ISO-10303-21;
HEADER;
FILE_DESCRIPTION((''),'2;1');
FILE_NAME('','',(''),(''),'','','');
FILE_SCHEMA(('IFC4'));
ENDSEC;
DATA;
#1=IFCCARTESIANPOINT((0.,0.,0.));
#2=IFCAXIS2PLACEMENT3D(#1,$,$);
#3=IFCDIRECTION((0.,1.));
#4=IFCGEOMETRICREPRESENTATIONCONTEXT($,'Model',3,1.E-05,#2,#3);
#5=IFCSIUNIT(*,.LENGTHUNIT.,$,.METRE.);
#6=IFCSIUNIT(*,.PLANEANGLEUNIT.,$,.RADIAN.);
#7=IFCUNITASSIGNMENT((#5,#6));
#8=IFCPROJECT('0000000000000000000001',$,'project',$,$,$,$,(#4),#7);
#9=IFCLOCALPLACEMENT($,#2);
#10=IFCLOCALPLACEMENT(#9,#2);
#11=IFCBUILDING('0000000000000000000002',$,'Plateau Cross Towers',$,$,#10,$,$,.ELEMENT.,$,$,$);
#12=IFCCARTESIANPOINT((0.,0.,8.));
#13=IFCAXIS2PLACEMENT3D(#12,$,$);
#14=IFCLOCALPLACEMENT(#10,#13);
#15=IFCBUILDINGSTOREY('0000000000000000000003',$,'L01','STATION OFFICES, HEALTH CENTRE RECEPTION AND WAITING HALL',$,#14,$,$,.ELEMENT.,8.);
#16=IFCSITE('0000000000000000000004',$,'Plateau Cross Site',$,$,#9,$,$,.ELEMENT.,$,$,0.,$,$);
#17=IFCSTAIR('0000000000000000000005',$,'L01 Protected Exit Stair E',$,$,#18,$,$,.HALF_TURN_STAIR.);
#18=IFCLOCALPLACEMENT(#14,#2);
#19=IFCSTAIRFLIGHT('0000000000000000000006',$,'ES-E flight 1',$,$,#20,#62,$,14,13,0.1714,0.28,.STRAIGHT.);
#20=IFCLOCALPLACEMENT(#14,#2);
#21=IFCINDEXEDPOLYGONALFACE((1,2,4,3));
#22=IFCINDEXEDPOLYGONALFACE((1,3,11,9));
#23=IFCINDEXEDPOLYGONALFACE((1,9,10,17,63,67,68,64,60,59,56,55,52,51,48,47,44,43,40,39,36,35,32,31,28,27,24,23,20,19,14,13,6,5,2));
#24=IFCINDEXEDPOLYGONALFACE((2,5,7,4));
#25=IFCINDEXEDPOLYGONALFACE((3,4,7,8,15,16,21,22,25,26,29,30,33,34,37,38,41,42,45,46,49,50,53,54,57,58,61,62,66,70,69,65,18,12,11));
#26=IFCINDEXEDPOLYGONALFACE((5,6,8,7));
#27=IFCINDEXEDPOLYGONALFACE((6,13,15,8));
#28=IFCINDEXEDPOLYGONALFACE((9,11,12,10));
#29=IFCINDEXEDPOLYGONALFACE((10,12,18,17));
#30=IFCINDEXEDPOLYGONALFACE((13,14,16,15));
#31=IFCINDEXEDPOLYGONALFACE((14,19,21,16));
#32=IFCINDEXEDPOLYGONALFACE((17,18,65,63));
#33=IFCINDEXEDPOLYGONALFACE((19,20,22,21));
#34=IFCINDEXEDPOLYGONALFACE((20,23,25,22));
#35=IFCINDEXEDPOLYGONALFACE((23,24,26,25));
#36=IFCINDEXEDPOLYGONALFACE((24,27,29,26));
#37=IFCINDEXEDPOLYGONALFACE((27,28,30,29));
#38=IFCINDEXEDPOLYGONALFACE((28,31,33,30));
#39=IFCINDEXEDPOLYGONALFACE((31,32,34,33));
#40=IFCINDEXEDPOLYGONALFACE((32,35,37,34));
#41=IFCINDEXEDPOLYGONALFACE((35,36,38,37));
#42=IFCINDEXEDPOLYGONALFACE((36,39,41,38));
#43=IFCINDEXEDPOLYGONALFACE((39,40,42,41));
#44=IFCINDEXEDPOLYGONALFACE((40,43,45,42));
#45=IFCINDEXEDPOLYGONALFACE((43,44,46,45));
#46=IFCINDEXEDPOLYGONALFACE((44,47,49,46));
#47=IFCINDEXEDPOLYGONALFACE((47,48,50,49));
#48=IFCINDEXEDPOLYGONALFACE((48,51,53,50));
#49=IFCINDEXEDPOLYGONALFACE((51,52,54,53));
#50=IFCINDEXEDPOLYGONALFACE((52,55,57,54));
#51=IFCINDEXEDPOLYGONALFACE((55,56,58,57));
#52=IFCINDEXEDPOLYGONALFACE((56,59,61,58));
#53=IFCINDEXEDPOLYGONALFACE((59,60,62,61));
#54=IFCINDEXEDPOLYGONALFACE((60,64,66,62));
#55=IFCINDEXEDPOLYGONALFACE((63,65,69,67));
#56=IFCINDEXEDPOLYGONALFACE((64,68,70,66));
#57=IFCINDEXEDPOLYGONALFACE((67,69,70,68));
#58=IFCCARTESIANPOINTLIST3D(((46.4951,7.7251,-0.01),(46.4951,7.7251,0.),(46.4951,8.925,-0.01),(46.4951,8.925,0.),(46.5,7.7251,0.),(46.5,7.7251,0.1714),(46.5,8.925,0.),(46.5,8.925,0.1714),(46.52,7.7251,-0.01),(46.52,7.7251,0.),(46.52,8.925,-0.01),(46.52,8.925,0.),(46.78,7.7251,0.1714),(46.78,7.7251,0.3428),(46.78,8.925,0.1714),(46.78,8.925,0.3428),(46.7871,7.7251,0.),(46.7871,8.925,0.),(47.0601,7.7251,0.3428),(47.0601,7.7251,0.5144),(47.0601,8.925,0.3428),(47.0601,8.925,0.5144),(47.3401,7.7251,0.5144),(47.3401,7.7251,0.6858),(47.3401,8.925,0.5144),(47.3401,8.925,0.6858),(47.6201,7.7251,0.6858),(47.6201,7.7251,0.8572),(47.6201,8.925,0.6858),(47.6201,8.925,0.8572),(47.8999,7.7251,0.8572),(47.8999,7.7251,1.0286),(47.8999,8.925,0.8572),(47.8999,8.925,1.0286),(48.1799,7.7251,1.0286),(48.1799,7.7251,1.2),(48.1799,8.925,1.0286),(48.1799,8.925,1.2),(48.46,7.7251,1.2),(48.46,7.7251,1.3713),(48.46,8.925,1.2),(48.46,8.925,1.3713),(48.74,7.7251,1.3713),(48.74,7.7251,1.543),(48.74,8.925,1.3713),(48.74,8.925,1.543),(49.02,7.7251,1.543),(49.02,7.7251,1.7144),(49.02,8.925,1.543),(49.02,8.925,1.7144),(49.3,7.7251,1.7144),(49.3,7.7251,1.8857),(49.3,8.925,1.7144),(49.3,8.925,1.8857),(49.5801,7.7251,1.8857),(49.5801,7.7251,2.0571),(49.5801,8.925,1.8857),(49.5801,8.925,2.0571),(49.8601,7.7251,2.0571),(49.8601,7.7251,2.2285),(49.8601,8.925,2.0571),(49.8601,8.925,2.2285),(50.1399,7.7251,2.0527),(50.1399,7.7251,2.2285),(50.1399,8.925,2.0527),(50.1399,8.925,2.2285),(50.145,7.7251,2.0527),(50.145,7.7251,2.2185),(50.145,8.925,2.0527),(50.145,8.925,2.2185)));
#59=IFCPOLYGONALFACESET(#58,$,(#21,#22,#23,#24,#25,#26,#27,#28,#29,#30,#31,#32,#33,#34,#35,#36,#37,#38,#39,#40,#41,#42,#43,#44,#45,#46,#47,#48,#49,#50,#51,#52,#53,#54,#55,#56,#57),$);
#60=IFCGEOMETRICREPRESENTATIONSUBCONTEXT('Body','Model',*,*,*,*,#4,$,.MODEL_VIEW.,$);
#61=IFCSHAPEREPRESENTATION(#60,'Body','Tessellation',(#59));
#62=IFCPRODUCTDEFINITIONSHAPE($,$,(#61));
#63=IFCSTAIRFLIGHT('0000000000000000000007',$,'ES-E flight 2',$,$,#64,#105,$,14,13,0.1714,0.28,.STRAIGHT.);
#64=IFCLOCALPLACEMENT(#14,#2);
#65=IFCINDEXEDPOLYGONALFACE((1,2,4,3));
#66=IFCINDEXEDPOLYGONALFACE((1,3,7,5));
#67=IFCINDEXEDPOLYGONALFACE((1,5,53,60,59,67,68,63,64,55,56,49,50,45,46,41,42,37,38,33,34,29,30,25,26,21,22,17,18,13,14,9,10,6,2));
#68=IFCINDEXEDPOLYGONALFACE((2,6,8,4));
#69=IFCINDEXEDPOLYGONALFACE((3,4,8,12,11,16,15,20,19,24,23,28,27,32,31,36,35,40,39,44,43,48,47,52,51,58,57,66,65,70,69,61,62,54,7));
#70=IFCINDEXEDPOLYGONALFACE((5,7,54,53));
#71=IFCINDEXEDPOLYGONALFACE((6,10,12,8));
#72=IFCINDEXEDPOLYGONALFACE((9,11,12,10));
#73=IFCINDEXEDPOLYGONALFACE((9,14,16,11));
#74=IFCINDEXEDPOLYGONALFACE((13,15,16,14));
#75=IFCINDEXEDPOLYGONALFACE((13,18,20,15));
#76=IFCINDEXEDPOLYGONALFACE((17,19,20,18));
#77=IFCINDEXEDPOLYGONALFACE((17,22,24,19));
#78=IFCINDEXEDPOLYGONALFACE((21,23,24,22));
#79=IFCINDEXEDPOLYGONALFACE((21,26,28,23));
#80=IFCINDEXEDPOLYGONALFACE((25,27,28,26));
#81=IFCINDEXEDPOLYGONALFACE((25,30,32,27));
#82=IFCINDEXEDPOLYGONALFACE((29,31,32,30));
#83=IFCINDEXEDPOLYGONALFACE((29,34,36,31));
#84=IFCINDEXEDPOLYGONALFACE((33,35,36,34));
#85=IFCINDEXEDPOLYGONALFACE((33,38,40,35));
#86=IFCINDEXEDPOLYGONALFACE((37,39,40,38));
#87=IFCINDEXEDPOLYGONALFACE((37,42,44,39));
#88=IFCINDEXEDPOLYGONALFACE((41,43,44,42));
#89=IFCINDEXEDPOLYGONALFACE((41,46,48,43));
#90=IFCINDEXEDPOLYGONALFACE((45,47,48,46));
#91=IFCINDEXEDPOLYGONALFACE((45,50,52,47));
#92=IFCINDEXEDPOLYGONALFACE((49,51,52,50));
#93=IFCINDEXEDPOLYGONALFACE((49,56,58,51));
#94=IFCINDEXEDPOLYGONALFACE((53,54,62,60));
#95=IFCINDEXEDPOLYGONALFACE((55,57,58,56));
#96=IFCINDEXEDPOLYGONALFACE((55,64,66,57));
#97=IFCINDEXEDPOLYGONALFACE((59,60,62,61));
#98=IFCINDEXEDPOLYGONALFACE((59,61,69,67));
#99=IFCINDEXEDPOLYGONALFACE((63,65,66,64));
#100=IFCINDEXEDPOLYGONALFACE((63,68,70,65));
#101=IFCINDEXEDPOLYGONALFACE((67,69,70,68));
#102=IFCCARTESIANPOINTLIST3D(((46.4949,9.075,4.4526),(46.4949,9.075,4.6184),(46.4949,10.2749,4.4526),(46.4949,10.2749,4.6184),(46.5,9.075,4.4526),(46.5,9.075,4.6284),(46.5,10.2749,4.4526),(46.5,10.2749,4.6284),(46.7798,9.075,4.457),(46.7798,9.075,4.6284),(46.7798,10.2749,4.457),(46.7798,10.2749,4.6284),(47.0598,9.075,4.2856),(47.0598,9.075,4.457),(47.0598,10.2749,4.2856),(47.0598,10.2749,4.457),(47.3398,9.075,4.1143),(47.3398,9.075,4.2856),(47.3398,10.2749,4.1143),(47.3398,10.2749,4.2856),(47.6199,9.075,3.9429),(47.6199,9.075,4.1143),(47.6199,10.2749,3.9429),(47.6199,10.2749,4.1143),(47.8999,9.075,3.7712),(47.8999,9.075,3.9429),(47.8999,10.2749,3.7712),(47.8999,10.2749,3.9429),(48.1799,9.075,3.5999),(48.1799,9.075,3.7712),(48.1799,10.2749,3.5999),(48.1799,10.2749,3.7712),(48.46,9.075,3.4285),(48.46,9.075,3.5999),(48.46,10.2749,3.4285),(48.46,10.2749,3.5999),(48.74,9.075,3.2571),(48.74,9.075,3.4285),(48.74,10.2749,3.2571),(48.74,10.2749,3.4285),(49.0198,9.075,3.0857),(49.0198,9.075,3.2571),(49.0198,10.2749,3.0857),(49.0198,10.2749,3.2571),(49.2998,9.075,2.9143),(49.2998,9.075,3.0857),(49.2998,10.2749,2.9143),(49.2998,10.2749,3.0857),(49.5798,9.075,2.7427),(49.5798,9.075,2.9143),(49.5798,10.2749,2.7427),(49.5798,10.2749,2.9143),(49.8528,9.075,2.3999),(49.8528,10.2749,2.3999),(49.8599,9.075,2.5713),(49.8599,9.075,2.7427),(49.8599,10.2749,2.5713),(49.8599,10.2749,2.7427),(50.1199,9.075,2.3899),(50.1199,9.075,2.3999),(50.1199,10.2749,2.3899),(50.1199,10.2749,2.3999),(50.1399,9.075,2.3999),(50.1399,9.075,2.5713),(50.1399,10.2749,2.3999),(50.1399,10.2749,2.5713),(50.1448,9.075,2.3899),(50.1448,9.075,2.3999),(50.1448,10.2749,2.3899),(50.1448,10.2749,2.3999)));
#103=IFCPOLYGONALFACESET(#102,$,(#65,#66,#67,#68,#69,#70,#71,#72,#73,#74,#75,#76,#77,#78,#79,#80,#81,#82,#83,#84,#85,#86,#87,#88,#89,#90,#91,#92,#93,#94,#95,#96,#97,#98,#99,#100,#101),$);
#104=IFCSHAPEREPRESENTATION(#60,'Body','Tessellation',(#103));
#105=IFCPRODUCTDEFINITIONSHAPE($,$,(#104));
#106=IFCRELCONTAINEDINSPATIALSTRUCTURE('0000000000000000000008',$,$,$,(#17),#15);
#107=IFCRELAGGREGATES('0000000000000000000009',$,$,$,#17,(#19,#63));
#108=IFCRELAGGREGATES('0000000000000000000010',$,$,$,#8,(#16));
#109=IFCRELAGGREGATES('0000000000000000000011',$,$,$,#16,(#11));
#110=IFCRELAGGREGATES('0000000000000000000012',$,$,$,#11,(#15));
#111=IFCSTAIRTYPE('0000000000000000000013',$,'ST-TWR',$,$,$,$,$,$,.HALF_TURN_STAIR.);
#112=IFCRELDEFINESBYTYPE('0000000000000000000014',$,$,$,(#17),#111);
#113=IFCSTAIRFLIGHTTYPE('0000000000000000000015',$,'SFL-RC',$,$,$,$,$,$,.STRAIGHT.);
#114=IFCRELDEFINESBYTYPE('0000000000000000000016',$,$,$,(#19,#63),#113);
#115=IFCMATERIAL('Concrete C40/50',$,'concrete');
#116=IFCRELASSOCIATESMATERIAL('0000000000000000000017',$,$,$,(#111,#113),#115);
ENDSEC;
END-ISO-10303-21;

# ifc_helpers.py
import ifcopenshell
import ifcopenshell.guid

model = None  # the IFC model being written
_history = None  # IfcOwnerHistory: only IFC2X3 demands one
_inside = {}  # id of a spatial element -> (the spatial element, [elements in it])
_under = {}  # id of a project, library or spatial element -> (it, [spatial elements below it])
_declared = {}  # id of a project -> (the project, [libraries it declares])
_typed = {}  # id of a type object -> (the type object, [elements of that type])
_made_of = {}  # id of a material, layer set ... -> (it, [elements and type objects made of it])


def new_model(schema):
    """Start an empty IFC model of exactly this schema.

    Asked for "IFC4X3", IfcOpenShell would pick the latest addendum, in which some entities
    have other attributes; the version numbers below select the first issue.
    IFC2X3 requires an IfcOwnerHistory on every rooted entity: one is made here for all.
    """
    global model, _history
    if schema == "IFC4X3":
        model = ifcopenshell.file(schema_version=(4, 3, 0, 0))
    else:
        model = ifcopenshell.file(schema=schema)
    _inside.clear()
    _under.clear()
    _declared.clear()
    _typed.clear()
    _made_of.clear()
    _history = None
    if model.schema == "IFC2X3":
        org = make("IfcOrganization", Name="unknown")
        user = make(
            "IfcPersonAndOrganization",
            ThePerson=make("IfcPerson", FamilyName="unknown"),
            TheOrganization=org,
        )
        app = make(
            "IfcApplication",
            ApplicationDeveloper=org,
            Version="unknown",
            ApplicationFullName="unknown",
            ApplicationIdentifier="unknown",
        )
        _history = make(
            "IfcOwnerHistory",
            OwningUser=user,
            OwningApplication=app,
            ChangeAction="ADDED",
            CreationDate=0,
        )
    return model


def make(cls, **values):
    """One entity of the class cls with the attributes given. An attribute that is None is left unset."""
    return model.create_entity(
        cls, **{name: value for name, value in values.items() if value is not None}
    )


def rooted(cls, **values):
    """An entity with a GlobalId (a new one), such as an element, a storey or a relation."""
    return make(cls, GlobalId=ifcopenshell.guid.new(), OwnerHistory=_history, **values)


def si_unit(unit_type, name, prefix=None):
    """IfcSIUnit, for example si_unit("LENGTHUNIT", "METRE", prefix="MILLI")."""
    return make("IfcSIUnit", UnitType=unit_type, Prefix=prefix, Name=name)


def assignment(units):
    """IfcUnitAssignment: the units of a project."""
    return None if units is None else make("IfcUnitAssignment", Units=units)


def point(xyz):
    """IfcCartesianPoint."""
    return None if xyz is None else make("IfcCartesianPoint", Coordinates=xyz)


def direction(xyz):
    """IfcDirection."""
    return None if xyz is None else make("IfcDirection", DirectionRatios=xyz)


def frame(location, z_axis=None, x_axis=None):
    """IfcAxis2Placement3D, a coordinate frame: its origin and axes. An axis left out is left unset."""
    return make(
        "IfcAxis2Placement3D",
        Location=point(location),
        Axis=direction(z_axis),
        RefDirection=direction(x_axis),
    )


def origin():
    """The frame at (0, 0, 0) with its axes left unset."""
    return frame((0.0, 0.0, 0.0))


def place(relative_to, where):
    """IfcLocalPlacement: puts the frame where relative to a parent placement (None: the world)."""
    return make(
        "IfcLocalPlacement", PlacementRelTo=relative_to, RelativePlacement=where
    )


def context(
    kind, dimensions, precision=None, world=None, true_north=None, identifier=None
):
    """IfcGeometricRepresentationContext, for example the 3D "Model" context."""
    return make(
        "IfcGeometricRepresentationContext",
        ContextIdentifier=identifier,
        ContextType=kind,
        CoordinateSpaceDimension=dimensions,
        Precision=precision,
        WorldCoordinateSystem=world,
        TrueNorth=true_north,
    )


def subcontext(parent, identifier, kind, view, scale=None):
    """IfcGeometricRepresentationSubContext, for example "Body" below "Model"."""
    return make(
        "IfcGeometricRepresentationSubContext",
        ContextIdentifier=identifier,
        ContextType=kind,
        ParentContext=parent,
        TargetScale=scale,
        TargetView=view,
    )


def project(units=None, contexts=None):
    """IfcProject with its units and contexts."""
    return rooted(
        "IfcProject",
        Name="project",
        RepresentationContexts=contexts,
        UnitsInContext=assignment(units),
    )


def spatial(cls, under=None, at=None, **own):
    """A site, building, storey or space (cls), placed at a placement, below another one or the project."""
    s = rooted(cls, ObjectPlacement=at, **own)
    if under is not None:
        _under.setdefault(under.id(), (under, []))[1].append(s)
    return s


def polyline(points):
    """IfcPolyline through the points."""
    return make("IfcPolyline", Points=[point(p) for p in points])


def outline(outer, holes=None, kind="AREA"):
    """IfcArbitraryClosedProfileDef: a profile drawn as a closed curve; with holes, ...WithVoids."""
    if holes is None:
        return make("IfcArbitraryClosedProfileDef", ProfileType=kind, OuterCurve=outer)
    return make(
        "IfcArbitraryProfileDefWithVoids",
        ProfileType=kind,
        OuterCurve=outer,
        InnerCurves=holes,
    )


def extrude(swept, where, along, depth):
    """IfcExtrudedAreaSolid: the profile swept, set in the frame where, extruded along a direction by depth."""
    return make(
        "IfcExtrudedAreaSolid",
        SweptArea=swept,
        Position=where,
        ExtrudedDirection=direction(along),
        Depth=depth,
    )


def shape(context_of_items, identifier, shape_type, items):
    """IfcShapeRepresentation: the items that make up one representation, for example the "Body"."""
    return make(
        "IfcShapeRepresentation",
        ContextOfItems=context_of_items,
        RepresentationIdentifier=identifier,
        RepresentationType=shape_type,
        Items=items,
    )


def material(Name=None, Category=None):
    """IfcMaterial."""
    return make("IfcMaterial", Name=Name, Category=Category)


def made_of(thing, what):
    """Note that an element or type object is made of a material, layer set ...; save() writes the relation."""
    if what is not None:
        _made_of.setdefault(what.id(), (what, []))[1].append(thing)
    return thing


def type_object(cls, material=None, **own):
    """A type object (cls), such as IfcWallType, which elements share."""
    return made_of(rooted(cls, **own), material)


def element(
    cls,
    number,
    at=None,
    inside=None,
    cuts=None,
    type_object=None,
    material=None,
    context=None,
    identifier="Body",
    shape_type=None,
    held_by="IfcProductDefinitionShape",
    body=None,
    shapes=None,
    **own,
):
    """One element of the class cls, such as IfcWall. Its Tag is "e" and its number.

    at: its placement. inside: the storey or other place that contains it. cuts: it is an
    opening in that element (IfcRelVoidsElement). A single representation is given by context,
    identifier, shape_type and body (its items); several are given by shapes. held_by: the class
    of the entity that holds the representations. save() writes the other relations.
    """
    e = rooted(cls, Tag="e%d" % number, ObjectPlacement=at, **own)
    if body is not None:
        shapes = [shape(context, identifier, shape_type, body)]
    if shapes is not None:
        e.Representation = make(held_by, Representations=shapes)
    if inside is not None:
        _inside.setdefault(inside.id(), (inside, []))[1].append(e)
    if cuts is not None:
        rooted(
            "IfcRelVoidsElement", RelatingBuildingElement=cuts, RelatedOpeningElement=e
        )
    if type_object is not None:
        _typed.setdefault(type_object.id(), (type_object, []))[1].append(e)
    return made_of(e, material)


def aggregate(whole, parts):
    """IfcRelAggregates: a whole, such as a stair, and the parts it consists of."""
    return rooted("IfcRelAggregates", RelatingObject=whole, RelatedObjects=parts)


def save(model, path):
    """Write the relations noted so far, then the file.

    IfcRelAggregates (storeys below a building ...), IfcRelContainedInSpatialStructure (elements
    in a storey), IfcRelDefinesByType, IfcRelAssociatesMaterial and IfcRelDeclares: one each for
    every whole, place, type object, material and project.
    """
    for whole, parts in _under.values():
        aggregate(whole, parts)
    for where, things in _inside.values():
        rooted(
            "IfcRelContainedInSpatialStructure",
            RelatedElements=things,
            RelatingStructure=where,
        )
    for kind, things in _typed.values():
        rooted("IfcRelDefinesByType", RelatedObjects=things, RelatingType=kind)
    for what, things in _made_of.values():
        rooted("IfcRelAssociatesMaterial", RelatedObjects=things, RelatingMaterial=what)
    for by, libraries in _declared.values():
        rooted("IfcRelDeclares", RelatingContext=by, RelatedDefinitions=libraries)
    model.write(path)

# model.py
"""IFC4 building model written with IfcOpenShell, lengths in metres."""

from ifc_helpers import new_model, si_unit, direction, frame, origin, place, context, subcontext, project, spatial, polyline, outline, extrude, material, type_object, element, aggregate, save


model = new_model("IFC4")

# Units and contexts
model_context = context("Model", 3, precision=1e-05, world=origin(), true_north=direction((0.0, 1.0)))
body_context = subcontext(model_context, "Body", "Model", "MODEL_VIEW")
ifc_project = project(units=[si_unit("LENGTHUNIT", "METRE"), si_unit("PLANEANGLEUNIT", "RADIAN")], contexts=[model_context])

# Site, building, storey
site_placement = place(None, origin())
site = spatial("IfcSite", under=ifc_project, at=site_placement, Name="Plateau Cross Site", CompositionType="ELEMENT", RefElevation=0.0)
building_placement = place(site_placement, origin())
building = spatial("IfcBuilding", under=site, at=building_placement, Name="Plateau Cross Towers", CompositionType="ELEMENT")
storey_placement = place(building_placement, frame((0.0, 0.0, 8.0)))
storey = spatial("IfcBuildingStorey", under=building, at=storey_placement, Name="L01", Description="STATION OFFICES, HEALTH CENTRE RECEPTION AND WAITING HALL", CompositionType="ELEMENT", Elevation=8.0)

# Stair, stair flights
ifc_material_1 = material(Name="Concrete C40/50", Category="concrete")
stair_type = type_object("IfcStairType", Name="ST-TWR", PredefinedType="HALF_TURN_STAIR", material=ifc_material_1)
stair_placement = place(storey_placement, origin())
stair = element("IfcStair", 1, at=stair_placement, inside=storey, type_object=stair_type, Name="L01 Protected Exit Stair E", PredefinedType="HALF_TURN_STAIR")
stair_flight_type = type_object("IfcStairFlightType", Name="SFL-RC", PredefinedType="STRAIGHT", material=ifc_material_1)
stair_flight_1_placement = place(storey_placement, frame((46.5, 8.325, 0.0), z_axis=(0.0, 0.0, 1.0), x_axis=(1.0, 0.0, 0.0)))
stair_flight_1 = element("IfcStairFlight", 2, at=stair_flight_1_placement, type_object=stair_flight_type, Name="ES-E flight 1", NumberOfRisers=14, NumberOfTreads=13, PredefinedType="STRAIGHT", RiserHeight=0.1714, TreadLength=0.28, context=body_context, shape_type="SweptSolid", body=[
    extrude(outline(polyline([(-0.0049, -0.01), (-0.0049, 0.0), (0.0, 0.0), (0.0, 0.1714), (0.28, 0.1714), (0.28, 0.3428), (0.5601, 0.3428), (0.5601, 0.5144), (0.8401, 0.5144), (0.8401, 0.6858), (1.1201, 0.6858), (1.1201, 0.8572), (1.3999, 0.8572), (1.3999, 1.0286), (1.6799, 1.0286), (1.6799, 1.2), (1.96, 1.2), (1.96, 1.3713), (2.24, 1.3713), (2.24, 1.543), (2.52, 1.543), (2.52, 1.7144), (2.8, 1.7144), (2.8, 1.8857), (3.0801, 1.8857), (3.0801, 2.0571), (3.3601, 2.0571), (3.3601, 2.2285), (3.6399, 2.2285), (3.645, 2.2185), (3.645, 2.0527), (3.6399, 2.0527), (0.2871, 0.0), (0.02, 0.0), (0.02, -0.01), (-0.0049, -0.01)])), frame((0.0, 0.6001, 0.0), z_axis=(0.0, -1.0, 0.0), x_axis=(1.0, 0.0, 0.0)), (0.0, 0.0, 1.0), 1.2),
])
stair_flight_2_placement = place(storey_placement, frame((50.1399, 9.675, 2.3999), z_axis=(0.0, 0.0, 1.0), x_axis=(-1.0, 0.0, 0.0)))
stair_flight_2 = element("IfcStairFlight", 3, at=stair_flight_2_placement, type_object=stair_flight_type, Name="ES-E flight 2", NumberOfRisers=14, NumberOfTreads=13, PredefinedType="STRAIGHT", RiserHeight=0.1714, TreadLength=0.28, context=body_context, shape_type="SweptSolid", body=[
    extrude(outline(polyline([(-0.0049, -0.01), (-0.0049, 0.0), (0.0, 0.0), (0.0, 0.1714), (0.28, 0.1714), (0.28, 0.3428), (0.5601, 0.3428), (0.5601, 0.5144), (0.8401, 0.5144), (0.8401, 0.6858), (1.1201, 0.6858), (1.1201, 0.8572), (1.3999, 0.8572), (1.3999, 1.0286), (1.6799, 1.0286), (1.6799, 1.2), (1.96, 1.2), (1.96, 1.3713), (2.24, 1.3713), (2.24, 1.543), (2.52, 1.543), (2.52, 1.7144), (2.8, 1.7144), (2.8, 1.8857), (3.0801, 1.8857), (3.0801, 2.0571), (3.3601, 2.0571), (3.3601, 2.2285), (3.6399, 2.2285), (3.645, 2.2185), (3.645, 2.0527), (3.6399, 2.0527), (0.2871, 0.0), (0.02, 0.0), (0.02, -0.01), (-0.0049, -0.01)])), frame((0.0, 0.6001, 0.0), z_axis=(0.0, -1.0, 0.0), x_axis=(1.0, 0.0, 0.0)), (0.0, 0.0, 1.0), 1.2),
])
aggregate(stair, [stair_flight_1, stair_flight_2])

save(model, "model.ifc")
